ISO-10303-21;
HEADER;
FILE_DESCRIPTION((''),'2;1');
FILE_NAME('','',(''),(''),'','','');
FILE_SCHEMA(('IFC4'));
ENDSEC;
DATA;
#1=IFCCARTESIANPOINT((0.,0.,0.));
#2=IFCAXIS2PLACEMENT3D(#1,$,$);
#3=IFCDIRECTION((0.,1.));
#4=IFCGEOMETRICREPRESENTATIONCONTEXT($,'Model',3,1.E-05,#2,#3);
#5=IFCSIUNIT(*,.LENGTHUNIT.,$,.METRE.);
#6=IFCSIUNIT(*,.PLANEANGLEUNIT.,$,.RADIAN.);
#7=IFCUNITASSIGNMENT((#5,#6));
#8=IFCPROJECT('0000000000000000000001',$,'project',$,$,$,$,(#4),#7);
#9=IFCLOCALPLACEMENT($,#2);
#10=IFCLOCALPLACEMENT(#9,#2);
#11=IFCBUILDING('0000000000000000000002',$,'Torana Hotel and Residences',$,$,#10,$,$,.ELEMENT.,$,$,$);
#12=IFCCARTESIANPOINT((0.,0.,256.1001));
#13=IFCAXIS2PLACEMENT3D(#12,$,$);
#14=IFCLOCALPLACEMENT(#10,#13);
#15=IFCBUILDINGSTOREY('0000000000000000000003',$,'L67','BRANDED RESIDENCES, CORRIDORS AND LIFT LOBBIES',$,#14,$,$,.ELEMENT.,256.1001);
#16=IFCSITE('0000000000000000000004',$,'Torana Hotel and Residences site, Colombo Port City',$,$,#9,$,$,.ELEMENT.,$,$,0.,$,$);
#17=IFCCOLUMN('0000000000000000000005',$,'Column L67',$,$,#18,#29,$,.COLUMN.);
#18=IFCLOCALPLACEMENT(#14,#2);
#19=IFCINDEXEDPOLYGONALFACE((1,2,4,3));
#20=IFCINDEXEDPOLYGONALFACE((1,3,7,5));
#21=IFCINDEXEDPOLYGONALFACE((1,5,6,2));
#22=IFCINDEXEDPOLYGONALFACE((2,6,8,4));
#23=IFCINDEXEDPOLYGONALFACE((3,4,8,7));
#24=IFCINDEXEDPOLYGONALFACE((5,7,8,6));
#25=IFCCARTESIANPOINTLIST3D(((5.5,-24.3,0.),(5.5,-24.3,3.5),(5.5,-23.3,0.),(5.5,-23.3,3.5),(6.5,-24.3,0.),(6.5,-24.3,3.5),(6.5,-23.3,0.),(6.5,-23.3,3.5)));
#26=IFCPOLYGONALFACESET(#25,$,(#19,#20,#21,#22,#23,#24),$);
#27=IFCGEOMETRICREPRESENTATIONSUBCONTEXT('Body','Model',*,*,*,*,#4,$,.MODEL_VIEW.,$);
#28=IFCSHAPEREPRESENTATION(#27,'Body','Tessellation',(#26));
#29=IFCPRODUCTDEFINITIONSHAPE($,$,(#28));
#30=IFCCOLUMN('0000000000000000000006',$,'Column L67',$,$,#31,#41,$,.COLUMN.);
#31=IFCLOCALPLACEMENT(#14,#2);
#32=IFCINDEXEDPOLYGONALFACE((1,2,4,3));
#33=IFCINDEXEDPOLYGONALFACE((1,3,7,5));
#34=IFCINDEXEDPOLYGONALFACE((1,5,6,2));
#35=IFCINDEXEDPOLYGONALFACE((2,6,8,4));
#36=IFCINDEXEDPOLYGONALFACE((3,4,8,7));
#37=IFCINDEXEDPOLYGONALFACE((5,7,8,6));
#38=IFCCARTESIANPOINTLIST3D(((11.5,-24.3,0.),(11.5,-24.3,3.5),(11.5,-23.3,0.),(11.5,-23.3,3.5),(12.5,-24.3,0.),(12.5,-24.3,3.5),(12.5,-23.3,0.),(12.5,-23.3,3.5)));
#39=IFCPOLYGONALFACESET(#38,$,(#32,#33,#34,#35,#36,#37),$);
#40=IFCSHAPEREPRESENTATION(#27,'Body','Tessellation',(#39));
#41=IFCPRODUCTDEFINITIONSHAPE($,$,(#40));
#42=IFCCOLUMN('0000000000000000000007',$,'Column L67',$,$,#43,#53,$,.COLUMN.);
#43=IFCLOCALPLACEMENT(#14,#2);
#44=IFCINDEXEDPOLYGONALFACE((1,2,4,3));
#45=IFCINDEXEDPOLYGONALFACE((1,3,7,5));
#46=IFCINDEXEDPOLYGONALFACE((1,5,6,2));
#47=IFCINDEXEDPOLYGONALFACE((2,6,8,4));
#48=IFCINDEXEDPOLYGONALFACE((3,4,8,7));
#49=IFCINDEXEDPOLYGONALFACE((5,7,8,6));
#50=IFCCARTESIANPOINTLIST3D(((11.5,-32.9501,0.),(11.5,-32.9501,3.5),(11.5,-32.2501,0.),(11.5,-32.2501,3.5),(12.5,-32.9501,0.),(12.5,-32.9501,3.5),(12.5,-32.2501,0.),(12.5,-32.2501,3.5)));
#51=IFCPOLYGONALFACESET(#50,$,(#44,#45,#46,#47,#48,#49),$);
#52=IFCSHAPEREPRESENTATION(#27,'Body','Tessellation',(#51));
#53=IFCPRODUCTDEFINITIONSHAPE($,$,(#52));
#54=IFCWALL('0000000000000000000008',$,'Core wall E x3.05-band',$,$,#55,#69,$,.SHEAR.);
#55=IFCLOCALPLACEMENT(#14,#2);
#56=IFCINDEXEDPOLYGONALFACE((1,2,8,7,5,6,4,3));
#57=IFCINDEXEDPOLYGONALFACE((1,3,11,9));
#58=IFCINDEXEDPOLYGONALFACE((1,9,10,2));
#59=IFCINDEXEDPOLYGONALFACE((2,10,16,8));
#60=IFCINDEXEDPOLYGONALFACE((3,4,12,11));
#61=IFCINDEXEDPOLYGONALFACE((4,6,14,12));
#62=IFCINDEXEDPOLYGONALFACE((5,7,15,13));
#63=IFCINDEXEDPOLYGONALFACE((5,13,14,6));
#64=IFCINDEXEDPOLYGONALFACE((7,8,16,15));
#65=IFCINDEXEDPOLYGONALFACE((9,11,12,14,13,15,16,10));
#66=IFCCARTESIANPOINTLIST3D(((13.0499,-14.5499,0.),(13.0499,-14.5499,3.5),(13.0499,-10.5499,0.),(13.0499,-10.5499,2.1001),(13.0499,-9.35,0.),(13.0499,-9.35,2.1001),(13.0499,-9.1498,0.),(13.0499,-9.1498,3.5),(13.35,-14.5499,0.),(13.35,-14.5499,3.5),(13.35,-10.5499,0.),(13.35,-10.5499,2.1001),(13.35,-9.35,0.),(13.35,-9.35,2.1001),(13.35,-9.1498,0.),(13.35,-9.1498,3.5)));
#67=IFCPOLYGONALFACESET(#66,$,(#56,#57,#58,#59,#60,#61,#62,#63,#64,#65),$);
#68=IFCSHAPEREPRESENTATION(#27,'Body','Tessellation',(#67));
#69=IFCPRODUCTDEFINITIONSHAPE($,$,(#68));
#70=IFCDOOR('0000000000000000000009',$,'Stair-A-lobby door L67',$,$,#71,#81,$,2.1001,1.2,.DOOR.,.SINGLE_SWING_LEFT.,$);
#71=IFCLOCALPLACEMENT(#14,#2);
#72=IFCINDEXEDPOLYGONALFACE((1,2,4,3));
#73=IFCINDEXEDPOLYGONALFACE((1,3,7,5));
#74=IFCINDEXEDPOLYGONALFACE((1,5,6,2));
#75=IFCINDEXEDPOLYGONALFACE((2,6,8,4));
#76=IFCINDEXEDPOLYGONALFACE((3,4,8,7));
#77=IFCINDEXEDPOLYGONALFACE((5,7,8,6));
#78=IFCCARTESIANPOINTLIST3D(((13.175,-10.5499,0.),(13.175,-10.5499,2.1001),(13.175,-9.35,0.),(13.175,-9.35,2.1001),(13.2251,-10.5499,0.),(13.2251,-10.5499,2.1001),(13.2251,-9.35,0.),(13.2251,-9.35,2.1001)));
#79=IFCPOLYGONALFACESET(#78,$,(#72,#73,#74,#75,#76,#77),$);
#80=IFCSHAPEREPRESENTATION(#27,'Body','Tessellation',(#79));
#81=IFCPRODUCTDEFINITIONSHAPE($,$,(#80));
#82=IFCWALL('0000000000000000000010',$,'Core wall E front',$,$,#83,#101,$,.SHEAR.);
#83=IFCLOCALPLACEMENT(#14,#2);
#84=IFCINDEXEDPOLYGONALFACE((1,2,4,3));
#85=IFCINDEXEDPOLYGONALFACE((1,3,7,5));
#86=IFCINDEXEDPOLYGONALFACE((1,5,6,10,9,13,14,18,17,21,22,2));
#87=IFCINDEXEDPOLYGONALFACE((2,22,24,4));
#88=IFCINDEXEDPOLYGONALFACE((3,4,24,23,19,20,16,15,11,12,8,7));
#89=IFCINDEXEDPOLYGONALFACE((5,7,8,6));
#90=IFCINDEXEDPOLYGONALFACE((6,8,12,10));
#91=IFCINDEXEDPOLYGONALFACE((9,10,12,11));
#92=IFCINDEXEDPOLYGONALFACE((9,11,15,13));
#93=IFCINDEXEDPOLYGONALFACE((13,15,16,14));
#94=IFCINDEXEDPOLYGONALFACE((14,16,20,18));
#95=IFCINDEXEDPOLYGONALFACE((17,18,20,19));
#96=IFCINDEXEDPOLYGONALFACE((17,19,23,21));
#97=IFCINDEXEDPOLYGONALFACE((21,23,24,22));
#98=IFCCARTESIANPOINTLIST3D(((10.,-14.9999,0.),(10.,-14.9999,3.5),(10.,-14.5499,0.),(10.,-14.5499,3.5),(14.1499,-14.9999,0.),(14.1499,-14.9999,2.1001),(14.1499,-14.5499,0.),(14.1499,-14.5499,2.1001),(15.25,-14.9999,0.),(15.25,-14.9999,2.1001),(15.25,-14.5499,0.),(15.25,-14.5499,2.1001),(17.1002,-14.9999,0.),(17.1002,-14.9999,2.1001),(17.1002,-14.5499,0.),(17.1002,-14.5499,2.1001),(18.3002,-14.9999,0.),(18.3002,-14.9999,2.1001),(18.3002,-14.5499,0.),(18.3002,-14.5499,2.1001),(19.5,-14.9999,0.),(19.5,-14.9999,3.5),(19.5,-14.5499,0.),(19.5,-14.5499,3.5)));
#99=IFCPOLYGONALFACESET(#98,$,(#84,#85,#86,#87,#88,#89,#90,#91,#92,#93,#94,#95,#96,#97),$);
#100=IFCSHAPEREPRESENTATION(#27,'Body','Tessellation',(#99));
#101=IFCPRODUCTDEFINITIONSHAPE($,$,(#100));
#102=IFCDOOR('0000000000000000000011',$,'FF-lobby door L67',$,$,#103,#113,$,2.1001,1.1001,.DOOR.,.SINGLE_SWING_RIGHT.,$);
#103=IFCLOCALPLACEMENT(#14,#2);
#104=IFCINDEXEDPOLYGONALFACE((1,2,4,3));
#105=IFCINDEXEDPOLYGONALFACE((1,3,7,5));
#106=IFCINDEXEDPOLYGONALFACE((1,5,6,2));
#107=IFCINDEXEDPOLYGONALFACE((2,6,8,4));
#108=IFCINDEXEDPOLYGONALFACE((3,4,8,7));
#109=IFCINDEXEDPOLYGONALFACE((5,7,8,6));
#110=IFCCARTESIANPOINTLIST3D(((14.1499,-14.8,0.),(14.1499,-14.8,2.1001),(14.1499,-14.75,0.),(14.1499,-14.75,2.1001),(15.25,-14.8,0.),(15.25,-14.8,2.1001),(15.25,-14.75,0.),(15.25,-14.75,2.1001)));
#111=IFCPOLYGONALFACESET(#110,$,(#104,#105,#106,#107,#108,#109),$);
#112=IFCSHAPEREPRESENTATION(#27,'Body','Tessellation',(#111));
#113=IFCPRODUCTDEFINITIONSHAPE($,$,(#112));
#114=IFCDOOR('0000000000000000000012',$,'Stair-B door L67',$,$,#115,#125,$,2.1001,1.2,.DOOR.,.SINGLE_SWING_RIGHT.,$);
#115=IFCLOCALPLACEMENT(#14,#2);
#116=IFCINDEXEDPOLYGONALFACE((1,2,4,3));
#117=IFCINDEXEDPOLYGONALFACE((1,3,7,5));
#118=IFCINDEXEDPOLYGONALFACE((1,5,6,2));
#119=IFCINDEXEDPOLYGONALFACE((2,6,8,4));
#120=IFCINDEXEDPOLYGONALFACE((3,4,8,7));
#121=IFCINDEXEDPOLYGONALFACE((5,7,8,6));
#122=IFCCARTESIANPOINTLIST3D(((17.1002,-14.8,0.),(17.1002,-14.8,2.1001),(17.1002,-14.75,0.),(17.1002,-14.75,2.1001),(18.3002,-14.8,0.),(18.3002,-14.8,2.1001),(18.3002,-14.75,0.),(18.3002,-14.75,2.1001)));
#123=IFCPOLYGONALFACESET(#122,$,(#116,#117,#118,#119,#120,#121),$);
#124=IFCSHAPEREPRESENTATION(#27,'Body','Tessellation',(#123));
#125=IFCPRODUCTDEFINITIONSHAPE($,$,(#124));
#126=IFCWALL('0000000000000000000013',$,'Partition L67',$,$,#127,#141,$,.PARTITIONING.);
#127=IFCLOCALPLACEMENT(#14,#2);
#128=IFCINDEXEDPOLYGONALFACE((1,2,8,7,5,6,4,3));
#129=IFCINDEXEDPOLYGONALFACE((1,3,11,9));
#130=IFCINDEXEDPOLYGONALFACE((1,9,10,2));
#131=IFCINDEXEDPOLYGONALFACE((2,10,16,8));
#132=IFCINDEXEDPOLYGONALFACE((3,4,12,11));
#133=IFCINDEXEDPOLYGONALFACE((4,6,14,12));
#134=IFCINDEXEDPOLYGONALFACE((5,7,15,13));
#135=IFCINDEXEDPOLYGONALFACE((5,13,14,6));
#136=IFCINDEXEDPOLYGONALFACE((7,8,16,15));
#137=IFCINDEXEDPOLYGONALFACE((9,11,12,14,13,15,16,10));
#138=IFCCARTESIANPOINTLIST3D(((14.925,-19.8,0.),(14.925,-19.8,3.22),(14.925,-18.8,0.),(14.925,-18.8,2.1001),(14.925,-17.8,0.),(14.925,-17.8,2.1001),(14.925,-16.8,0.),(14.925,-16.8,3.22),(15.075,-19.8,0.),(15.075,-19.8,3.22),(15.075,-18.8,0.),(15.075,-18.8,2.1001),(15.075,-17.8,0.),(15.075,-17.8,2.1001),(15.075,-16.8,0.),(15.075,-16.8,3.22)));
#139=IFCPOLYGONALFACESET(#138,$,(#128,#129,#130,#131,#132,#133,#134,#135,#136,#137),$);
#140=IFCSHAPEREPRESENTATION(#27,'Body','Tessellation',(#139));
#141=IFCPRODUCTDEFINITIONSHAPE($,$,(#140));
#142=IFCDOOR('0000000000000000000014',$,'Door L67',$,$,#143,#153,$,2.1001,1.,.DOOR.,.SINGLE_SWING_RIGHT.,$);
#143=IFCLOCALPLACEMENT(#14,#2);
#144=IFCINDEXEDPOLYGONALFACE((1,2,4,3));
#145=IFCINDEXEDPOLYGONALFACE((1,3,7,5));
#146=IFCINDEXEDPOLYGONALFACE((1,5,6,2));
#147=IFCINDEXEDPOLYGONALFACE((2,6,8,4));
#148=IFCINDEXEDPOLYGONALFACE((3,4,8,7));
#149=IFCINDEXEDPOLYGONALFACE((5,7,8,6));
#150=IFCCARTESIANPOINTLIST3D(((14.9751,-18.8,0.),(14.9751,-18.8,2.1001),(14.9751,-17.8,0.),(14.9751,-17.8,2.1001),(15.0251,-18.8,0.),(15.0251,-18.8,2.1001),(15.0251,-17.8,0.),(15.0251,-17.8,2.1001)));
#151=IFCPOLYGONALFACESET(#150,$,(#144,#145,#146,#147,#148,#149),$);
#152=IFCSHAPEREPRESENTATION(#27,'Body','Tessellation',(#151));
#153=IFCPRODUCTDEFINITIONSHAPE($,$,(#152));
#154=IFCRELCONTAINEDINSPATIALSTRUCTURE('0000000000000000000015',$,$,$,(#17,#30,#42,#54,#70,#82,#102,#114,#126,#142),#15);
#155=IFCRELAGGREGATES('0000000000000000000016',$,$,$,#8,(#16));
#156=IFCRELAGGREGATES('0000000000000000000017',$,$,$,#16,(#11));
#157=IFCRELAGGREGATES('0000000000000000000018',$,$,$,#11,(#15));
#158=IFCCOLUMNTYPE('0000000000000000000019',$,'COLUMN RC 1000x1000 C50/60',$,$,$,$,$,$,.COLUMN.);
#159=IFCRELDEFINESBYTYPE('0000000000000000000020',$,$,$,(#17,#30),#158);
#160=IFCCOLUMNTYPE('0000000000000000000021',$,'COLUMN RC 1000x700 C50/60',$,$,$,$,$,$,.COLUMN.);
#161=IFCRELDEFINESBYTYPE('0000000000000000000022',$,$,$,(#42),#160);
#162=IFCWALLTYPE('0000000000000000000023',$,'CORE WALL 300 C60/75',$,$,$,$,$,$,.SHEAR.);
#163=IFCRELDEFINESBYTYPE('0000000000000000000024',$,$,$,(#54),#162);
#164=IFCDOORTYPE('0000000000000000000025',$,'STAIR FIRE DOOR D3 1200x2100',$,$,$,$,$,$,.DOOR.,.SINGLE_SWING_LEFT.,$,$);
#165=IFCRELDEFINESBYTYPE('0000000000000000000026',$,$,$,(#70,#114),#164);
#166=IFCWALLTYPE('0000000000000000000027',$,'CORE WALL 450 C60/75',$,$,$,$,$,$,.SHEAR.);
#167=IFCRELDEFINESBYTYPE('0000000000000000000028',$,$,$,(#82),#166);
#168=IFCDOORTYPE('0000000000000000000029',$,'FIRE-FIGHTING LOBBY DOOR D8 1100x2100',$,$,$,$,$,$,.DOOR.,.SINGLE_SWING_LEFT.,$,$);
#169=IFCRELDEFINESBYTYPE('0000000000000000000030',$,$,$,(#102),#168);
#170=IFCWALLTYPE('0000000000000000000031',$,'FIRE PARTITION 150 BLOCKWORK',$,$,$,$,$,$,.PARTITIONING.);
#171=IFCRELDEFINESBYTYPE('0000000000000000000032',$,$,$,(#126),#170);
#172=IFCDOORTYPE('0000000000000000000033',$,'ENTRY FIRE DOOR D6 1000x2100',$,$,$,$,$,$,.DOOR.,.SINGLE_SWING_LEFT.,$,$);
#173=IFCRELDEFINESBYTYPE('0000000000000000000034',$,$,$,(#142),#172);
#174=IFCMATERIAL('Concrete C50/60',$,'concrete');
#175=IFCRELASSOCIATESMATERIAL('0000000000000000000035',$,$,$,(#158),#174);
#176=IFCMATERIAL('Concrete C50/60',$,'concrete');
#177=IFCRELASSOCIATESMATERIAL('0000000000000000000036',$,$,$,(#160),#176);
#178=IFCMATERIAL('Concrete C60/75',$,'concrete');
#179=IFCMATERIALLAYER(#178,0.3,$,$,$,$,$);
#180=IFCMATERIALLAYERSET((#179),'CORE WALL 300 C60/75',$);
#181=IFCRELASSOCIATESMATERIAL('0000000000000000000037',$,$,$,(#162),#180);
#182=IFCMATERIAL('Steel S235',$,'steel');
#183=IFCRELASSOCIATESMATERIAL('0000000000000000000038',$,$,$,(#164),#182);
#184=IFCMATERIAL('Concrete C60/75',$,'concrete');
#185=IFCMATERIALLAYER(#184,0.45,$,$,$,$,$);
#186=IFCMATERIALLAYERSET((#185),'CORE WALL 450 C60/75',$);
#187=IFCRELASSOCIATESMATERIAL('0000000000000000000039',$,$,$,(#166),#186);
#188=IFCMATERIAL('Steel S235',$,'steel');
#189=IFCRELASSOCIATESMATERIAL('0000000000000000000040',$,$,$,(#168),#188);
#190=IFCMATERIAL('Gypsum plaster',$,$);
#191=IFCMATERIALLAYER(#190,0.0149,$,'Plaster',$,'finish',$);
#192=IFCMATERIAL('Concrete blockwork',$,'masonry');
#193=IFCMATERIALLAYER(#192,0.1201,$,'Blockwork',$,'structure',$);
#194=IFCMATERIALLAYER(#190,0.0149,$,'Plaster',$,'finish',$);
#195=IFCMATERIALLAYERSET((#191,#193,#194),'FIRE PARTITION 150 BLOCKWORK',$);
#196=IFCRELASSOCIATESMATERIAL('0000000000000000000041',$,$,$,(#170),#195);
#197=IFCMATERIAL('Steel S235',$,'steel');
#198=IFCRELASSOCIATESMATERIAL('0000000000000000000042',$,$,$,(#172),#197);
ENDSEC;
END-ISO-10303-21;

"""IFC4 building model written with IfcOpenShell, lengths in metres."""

from ifc_helpers import new_model, si_unit, direction, frame, frame_2d, origin, origin_2d, place, context, subcontext, project, spatial, rectangle, extrude, material, layer, layer_set, material_profile, profile_set, type_object, element, fill, save


model = new_model("IFC4")

# Units and contexts
model_context = context("Model", 3, precision=1e-05, world=origin(), true_north=direction((0.0, 1.0)))
body_context = subcontext(model_context, "Body", "Model", "MODEL_VIEW")
ifc_project = project(units=[si_unit("LENGTHUNIT", "METRE"), si_unit("PLANEANGLEUNIT", "RADIAN")], contexts=[model_context])

# Site, building, storey
site_placement = place(None, origin())
site = spatial("IfcSite", under=ifc_project, at=site_placement, Name="Torana Hotel and Residences site, Colombo Port City", CompositionType="ELEMENT", RefElevation=0.0)
building_placement = place(site_placement, origin())
building = spatial("IfcBuilding", under=site, at=building_placement, Name="Torana Hotel and Residences", CompositionType="ELEMENT")
storey_placement = place(building_placement, frame((0.0, 0.0, 256.1001)))
storey = spatial("IfcBuildingStorey", under=building, at=storey_placement, Name="L67", Description="BRANDED RESIDENCES, CORRIDORS AND LIFT LOBBIES", CompositionType="ELEMENT", Elevation=256.1001)

# Columns
ifc_material_1 = material(Name="Concrete C50/60", Category="concrete")
ifc_material_profile_1 = material_profile(ifc_material_1, rectangle(XDim=1.0, YDim=1.0, at=origin_2d()), Name="RC 1000x1000")
ifc_profile_set_1 = profile_set([ifc_material_profile_1], Name="Concrete C50/60")
column_type_1 = type_object("IfcColumnType", Name="COLUMN RC 1000x1000 C50/60", PredefinedType="COLUMN", material=ifc_profile_set_1)
for number, where, z_axis, x_axis, name in (
    (1, (6.0, -23.8, 0.0), (0.0, 0.0, 1.0), (1.0, 0.0, 0.0), "Column L67"),
    (2, (12.0, -23.8, 0.0), (0.0, 0.0, 1.0), (1.0, 0.0, 0.0), "Column L67"),
):
    element("IfcColumn", number, at=place(storey_placement, frame(where, z_axis=z_axis, x_axis=x_axis)), inside=storey, type_object=column_type_1, Name=name, PredefinedType="COLUMN", context=body_context, shape_type="SweptSolid", body=[
        extrude(rectangle(XDim=1.0, YDim=1.0, at=origin_2d()), origin(), (0.0, 0.0, 1.0), 3.5),
    ])
ifc_material_2 = material(Name="Concrete C50/60", Category="concrete")
ifc_material_profile_2 = material_profile(ifc_material_2, rectangle(XDim=1.0, YDim=0.7, at=origin_2d()), Name="RC 1000x700")
ifc_profile_set_2 = profile_set([ifc_material_profile_2], Name="Concrete C50/60")
column_type_2 = type_object("IfcColumnType", Name="COLUMN RC 1000x700 C50/60", PredefinedType="COLUMN", material=ifc_profile_set_2)
column_placement = place(storey_placement, frame((12.0, -32.6001, 0.0), z_axis=(0.0, 0.0, 1.0), x_axis=(1.0, 0.0, 0.0)))
element("IfcColumn", 3, at=column_placement, inside=storey, type_object=column_type_2, Name="Column L67", PredefinedType="COLUMN", context=body_context, shape_type="SweptSolid", body=[
    extrude(rectangle(XDim=1.0, YDim=0.7, at=origin_2d()), origin(), (0.0, 0.0, 1.0), 3.5),
])

# Wall, opening, door
ifc_material_3 = material(Name="Concrete C60/75", Category="concrete")
ifc_layer_1 = layer(ifc_material_3, 0.3)
ifc_layer_set_1 = layer_set([ifc_layer_1], Name="CORE WALL 300 C60/75")
wall_type_1 = type_object("IfcWallType", Name="CORE WALL 300 C60/75", PredefinedType="SHEAR", material=ifc_layer_set_1)
wall_1_placement = place(storey_placement, frame((13.2, -14.55, 0.0), z_axis=(0.0, 0.0, 1.0), x_axis=(0.0, 1.0, 0.0)))
wall_1 = element("IfcWall", 4, at=wall_1_placement, inside=storey, type_object=wall_type_1, Name="Core wall E x3.05-band", PredefinedType="SHEAR", context=body_context, shape_type="SweptSolid", body=[
    extrude(rectangle(XDim=5.4001, YDim=0.3, at=frame_2d((2.7002, 0.0))), origin(), (0.0, 0.0, 1.0), 3.5),
])
opening_1_placement = place(wall_1_placement, frame((4.0, 0.0, 0.0)))
opening_1 = element("IfcOpeningElement", 5, at=opening_1_placement, cuts=wall_1, PredefinedType="OPENING", context=body_context, shape_type="SweptSolid", body=[
    extrude(rectangle(XDim=1.2, YDim=2.1001, at=frame_2d((0.6001, 1.05))), frame((0.0, 0.1599, 0.0), z_axis=(0.0, -1.0, 0.0), x_axis=(1.0, 0.0, 0.0)), (0.0, 0.0, 1.0), 0.3201),
])
ifc_material_4 = material(Name="Steel S235", Category="steel")
door_type_1 = type_object("IfcDoorType", Name="STAIR FIRE DOOR D3 1200x2100", OperationType="SINGLE_SWING_LEFT", PredefinedType="DOOR", material=ifc_material_4)
door_1_placement = place(opening_1_placement, origin())
door_1 = element("IfcDoor", 6, at=door_1_placement, inside=storey, type_object=door_type_1, Name="Stair-A-lobby door L67", OperationType="SINGLE_SWING_LEFT", OverallHeight=2.1001, OverallWidth=1.2, PredefinedType="DOOR", context=body_context, shape_type="SweptSolid", body=[
    extrude(rectangle(XDim=1.2, YDim=2.1001, at=frame_2d((0.6001, 1.05))), frame((0.0, 0.0249, 0.0), z_axis=(0.0, -1.0, 0.0), x_axis=(1.0, 0.0, 0.0)), (0.0, 0.0, 1.0), 0.05),
])
fill(opening_1, door_1)

# Wall, openings, doors
ifc_material_5 = material(Name="Concrete C60/75", Category="concrete")
ifc_layer_2 = layer(ifc_material_5, 0.45)
ifc_layer_set_2 = layer_set([ifc_layer_2], Name="CORE WALL 450 C60/75")
wall_type_2 = type_object("IfcWallType", Name="CORE WALL 450 C60/75", PredefinedType="SHEAR", material=ifc_layer_set_2)
wall_2_placement = place(storey_placement, frame((10.0, -14.7749, 0.0), z_axis=(0.0, 0.0, 1.0), x_axis=(1.0, 0.0, 0.0)))
wall_2 = element("IfcWall", 7, at=wall_2_placement, inside=storey, type_object=wall_type_2, Name="Core wall E front", PredefinedType="SHEAR", context=body_context, shape_type="SweptSolid", body=[
    extrude(rectangle(XDim=9.5, YDim=0.45, at=frame_2d((4.75, 0.0))), origin(), (0.0, 0.0, 1.0), 3.5),
])
opening_2_placement = place(wall_2_placement, frame((7.1001, 0.0, 0.0)))
opening_2 = element("IfcOpeningElement", 8, at=opening_2_placement, cuts=wall_2, PredefinedType="OPENING", context=body_context, shape_type="SweptSolid", body=[
    extrude(rectangle(XDim=1.2, YDim=2.1001, at=frame_2d((0.6001, 1.05))), frame((0.0, 0.2349, 0.0), z_axis=(0.0, -1.0, 0.0), x_axis=(1.0, 0.0, 0.0)), (0.0, 0.0, 1.0), 0.47),
])
opening_3_placement = place(wall_2_placement, frame((4.1499, 0.0, 0.0)))
opening_3 = element("IfcOpeningElement", 9, at=opening_3_placement, cuts=wall_2, PredefinedType="OPENING", context=body_context, shape_type="SweptSolid", body=[
    extrude(rectangle(XDim=1.1001, YDim=2.1001, at=frame_2d((0.55, 1.05))), frame((0.0, 0.2349, 0.0), z_axis=(0.0, -1.0, 0.0), x_axis=(1.0, 0.0, 0.0)), (0.0, 0.0, 1.0), 0.47),
])
ifc_material_6 = material(Name="Steel S235", Category="steel")
door_type_2 = type_object("IfcDoorType", Name="FIRE-FIGHTING LOBBY DOOR D8 1100x2100", OperationType="SINGLE_SWING_LEFT", PredefinedType="DOOR", material=ifc_material_6)
door_2_placement = place(opening_3_placement, origin())
door_2 = element("IfcDoor", 10, at=door_2_placement, inside=storey, type_object=door_type_2, Name="FF-lobby door L67", OperationType="SINGLE_SWING_RIGHT", OverallHeight=2.1001, OverallWidth=1.1001, PredefinedType="DOOR", context=body_context, shape_type="SweptSolid", body=[
    extrude(rectangle(XDim=1.1001, YDim=2.1001, at=frame_2d((0.55, 1.05))), frame((0.0, 0.0249, 0.0), z_axis=(0.0, -1.0, 0.0), x_axis=(1.0, 0.0, 0.0)), (0.0, 0.0, 1.0), 0.05),
])
fill(opening_3, door_2)
door_3_placement = place(opening_2_placement, origin())
door_3 = element("IfcDoor", 11, at=door_3_placement, inside=storey, type_object=door_type_1, Name="Stair-B door L67", OperationType="SINGLE_SWING_RIGHT", OverallHeight=2.1001, OverallWidth=1.2, PredefinedType="DOOR", context=body_context, shape_type="SweptSolid", body=[
    extrude(rectangle(XDim=1.2, YDim=2.1001, at=frame_2d((0.6001, 1.05))), frame((0.0, 0.0249, 0.0), z_axis=(0.0, -1.0, 0.0), x_axis=(1.0, 0.0, 0.0)), (0.0, 0.0, 1.0), 0.05),
])
fill(opening_2, door_3)

# Wall, opening, door
ifc_material_7 = material(Name="Gypsum plaster")
ifc_layer_3 = layer(ifc_material_7, 0.0149, Name="Plaster", Category="finish")
ifc_material_8 = material(Name="Concrete blockwork", Category="masonry")
ifc_layer_4 = layer(ifc_material_8, 0.1201, Name="Blockwork", Category="structure")
ifc_layer_5 = layer(ifc_material_7, 0.0149, Name="Plaster", Category="finish")
ifc_layer_set_3 = layer_set([ifc_layer_3, ifc_layer_4, ifc_layer_5], Name="FIRE PARTITION 150 BLOCKWORK")
wall_type_3 = type_object("IfcWallType", Name="FIRE PARTITION 150 BLOCKWORK", PredefinedType="PARTITIONING", material=ifc_layer_set_3)
wall_3_placement = place(storey_placement, frame((15.0, -19.8, 0.0), z_axis=(0.0, 0.0, 1.0), x_axis=(0.0, 1.0, 0.0)))
wall_3 = element("IfcWall", 12, at=wall_3_placement, inside=storey, type_object=wall_type_3, Name="Partition L67", PredefinedType="PARTITIONING", context=body_context, shape_type="SweptSolid", body=[
    extrude(rectangle(XDim=3.0, YDim=0.1499, at=frame_2d((1.5, 0.0))), origin(), (0.0, 0.0, 1.0), 3.22),
])
opening_4_placement = place(wall_3_placement, frame((1.0, 0.0, 0.0)))
opening_4 = element("IfcOpeningElement", 13, at=opening_4_placement, cuts=wall_3, PredefinedType="OPENING", context=body_context, shape_type="SweptSolid", body=[
    extrude(rectangle(XDim=1.0, YDim=2.1001, at=frame_2d((0.5, 1.05))), frame((0.0, 0.085, 0.0), z_axis=(0.0, -1.0, 0.0), x_axis=(1.0, 0.0, 0.0)), (0.0, 0.0, 1.0), 0.1699),
])
ifc_material_9 = material(Name="Steel S235", Category="steel")
door_type_3 = type_object("IfcDoorType", Name="ENTRY FIRE DOOR D6 1000x2100", OperationType="SINGLE_SWING_LEFT", PredefinedType="DOOR", material=ifc_material_9)
door_4_placement = place(opening_4_placement, origin())
door_4 = element("IfcDoor", 14, at=door_4_placement, inside=storey, type_object=door_type_3, Name="Door L67", OperationType="SINGLE_SWING_RIGHT", OverallHeight=2.1001, OverallWidth=1.0, PredefinedType="DOOR", context=body_context, shape_type="SweptSolid", body=[
    extrude(rectangle(XDim=1.0, YDim=2.1001, at=frame_2d((0.5, 1.05))), frame((0.0, 0.0249, 0.0), z_axis=(0.0, -1.0, 0.0), x_axis=(1.0, 0.0, 0.0)), (0.0, 0.0, 1.0), 0.05),
])
fill(opening_4, door_4)

save(model, "model.ifc")
